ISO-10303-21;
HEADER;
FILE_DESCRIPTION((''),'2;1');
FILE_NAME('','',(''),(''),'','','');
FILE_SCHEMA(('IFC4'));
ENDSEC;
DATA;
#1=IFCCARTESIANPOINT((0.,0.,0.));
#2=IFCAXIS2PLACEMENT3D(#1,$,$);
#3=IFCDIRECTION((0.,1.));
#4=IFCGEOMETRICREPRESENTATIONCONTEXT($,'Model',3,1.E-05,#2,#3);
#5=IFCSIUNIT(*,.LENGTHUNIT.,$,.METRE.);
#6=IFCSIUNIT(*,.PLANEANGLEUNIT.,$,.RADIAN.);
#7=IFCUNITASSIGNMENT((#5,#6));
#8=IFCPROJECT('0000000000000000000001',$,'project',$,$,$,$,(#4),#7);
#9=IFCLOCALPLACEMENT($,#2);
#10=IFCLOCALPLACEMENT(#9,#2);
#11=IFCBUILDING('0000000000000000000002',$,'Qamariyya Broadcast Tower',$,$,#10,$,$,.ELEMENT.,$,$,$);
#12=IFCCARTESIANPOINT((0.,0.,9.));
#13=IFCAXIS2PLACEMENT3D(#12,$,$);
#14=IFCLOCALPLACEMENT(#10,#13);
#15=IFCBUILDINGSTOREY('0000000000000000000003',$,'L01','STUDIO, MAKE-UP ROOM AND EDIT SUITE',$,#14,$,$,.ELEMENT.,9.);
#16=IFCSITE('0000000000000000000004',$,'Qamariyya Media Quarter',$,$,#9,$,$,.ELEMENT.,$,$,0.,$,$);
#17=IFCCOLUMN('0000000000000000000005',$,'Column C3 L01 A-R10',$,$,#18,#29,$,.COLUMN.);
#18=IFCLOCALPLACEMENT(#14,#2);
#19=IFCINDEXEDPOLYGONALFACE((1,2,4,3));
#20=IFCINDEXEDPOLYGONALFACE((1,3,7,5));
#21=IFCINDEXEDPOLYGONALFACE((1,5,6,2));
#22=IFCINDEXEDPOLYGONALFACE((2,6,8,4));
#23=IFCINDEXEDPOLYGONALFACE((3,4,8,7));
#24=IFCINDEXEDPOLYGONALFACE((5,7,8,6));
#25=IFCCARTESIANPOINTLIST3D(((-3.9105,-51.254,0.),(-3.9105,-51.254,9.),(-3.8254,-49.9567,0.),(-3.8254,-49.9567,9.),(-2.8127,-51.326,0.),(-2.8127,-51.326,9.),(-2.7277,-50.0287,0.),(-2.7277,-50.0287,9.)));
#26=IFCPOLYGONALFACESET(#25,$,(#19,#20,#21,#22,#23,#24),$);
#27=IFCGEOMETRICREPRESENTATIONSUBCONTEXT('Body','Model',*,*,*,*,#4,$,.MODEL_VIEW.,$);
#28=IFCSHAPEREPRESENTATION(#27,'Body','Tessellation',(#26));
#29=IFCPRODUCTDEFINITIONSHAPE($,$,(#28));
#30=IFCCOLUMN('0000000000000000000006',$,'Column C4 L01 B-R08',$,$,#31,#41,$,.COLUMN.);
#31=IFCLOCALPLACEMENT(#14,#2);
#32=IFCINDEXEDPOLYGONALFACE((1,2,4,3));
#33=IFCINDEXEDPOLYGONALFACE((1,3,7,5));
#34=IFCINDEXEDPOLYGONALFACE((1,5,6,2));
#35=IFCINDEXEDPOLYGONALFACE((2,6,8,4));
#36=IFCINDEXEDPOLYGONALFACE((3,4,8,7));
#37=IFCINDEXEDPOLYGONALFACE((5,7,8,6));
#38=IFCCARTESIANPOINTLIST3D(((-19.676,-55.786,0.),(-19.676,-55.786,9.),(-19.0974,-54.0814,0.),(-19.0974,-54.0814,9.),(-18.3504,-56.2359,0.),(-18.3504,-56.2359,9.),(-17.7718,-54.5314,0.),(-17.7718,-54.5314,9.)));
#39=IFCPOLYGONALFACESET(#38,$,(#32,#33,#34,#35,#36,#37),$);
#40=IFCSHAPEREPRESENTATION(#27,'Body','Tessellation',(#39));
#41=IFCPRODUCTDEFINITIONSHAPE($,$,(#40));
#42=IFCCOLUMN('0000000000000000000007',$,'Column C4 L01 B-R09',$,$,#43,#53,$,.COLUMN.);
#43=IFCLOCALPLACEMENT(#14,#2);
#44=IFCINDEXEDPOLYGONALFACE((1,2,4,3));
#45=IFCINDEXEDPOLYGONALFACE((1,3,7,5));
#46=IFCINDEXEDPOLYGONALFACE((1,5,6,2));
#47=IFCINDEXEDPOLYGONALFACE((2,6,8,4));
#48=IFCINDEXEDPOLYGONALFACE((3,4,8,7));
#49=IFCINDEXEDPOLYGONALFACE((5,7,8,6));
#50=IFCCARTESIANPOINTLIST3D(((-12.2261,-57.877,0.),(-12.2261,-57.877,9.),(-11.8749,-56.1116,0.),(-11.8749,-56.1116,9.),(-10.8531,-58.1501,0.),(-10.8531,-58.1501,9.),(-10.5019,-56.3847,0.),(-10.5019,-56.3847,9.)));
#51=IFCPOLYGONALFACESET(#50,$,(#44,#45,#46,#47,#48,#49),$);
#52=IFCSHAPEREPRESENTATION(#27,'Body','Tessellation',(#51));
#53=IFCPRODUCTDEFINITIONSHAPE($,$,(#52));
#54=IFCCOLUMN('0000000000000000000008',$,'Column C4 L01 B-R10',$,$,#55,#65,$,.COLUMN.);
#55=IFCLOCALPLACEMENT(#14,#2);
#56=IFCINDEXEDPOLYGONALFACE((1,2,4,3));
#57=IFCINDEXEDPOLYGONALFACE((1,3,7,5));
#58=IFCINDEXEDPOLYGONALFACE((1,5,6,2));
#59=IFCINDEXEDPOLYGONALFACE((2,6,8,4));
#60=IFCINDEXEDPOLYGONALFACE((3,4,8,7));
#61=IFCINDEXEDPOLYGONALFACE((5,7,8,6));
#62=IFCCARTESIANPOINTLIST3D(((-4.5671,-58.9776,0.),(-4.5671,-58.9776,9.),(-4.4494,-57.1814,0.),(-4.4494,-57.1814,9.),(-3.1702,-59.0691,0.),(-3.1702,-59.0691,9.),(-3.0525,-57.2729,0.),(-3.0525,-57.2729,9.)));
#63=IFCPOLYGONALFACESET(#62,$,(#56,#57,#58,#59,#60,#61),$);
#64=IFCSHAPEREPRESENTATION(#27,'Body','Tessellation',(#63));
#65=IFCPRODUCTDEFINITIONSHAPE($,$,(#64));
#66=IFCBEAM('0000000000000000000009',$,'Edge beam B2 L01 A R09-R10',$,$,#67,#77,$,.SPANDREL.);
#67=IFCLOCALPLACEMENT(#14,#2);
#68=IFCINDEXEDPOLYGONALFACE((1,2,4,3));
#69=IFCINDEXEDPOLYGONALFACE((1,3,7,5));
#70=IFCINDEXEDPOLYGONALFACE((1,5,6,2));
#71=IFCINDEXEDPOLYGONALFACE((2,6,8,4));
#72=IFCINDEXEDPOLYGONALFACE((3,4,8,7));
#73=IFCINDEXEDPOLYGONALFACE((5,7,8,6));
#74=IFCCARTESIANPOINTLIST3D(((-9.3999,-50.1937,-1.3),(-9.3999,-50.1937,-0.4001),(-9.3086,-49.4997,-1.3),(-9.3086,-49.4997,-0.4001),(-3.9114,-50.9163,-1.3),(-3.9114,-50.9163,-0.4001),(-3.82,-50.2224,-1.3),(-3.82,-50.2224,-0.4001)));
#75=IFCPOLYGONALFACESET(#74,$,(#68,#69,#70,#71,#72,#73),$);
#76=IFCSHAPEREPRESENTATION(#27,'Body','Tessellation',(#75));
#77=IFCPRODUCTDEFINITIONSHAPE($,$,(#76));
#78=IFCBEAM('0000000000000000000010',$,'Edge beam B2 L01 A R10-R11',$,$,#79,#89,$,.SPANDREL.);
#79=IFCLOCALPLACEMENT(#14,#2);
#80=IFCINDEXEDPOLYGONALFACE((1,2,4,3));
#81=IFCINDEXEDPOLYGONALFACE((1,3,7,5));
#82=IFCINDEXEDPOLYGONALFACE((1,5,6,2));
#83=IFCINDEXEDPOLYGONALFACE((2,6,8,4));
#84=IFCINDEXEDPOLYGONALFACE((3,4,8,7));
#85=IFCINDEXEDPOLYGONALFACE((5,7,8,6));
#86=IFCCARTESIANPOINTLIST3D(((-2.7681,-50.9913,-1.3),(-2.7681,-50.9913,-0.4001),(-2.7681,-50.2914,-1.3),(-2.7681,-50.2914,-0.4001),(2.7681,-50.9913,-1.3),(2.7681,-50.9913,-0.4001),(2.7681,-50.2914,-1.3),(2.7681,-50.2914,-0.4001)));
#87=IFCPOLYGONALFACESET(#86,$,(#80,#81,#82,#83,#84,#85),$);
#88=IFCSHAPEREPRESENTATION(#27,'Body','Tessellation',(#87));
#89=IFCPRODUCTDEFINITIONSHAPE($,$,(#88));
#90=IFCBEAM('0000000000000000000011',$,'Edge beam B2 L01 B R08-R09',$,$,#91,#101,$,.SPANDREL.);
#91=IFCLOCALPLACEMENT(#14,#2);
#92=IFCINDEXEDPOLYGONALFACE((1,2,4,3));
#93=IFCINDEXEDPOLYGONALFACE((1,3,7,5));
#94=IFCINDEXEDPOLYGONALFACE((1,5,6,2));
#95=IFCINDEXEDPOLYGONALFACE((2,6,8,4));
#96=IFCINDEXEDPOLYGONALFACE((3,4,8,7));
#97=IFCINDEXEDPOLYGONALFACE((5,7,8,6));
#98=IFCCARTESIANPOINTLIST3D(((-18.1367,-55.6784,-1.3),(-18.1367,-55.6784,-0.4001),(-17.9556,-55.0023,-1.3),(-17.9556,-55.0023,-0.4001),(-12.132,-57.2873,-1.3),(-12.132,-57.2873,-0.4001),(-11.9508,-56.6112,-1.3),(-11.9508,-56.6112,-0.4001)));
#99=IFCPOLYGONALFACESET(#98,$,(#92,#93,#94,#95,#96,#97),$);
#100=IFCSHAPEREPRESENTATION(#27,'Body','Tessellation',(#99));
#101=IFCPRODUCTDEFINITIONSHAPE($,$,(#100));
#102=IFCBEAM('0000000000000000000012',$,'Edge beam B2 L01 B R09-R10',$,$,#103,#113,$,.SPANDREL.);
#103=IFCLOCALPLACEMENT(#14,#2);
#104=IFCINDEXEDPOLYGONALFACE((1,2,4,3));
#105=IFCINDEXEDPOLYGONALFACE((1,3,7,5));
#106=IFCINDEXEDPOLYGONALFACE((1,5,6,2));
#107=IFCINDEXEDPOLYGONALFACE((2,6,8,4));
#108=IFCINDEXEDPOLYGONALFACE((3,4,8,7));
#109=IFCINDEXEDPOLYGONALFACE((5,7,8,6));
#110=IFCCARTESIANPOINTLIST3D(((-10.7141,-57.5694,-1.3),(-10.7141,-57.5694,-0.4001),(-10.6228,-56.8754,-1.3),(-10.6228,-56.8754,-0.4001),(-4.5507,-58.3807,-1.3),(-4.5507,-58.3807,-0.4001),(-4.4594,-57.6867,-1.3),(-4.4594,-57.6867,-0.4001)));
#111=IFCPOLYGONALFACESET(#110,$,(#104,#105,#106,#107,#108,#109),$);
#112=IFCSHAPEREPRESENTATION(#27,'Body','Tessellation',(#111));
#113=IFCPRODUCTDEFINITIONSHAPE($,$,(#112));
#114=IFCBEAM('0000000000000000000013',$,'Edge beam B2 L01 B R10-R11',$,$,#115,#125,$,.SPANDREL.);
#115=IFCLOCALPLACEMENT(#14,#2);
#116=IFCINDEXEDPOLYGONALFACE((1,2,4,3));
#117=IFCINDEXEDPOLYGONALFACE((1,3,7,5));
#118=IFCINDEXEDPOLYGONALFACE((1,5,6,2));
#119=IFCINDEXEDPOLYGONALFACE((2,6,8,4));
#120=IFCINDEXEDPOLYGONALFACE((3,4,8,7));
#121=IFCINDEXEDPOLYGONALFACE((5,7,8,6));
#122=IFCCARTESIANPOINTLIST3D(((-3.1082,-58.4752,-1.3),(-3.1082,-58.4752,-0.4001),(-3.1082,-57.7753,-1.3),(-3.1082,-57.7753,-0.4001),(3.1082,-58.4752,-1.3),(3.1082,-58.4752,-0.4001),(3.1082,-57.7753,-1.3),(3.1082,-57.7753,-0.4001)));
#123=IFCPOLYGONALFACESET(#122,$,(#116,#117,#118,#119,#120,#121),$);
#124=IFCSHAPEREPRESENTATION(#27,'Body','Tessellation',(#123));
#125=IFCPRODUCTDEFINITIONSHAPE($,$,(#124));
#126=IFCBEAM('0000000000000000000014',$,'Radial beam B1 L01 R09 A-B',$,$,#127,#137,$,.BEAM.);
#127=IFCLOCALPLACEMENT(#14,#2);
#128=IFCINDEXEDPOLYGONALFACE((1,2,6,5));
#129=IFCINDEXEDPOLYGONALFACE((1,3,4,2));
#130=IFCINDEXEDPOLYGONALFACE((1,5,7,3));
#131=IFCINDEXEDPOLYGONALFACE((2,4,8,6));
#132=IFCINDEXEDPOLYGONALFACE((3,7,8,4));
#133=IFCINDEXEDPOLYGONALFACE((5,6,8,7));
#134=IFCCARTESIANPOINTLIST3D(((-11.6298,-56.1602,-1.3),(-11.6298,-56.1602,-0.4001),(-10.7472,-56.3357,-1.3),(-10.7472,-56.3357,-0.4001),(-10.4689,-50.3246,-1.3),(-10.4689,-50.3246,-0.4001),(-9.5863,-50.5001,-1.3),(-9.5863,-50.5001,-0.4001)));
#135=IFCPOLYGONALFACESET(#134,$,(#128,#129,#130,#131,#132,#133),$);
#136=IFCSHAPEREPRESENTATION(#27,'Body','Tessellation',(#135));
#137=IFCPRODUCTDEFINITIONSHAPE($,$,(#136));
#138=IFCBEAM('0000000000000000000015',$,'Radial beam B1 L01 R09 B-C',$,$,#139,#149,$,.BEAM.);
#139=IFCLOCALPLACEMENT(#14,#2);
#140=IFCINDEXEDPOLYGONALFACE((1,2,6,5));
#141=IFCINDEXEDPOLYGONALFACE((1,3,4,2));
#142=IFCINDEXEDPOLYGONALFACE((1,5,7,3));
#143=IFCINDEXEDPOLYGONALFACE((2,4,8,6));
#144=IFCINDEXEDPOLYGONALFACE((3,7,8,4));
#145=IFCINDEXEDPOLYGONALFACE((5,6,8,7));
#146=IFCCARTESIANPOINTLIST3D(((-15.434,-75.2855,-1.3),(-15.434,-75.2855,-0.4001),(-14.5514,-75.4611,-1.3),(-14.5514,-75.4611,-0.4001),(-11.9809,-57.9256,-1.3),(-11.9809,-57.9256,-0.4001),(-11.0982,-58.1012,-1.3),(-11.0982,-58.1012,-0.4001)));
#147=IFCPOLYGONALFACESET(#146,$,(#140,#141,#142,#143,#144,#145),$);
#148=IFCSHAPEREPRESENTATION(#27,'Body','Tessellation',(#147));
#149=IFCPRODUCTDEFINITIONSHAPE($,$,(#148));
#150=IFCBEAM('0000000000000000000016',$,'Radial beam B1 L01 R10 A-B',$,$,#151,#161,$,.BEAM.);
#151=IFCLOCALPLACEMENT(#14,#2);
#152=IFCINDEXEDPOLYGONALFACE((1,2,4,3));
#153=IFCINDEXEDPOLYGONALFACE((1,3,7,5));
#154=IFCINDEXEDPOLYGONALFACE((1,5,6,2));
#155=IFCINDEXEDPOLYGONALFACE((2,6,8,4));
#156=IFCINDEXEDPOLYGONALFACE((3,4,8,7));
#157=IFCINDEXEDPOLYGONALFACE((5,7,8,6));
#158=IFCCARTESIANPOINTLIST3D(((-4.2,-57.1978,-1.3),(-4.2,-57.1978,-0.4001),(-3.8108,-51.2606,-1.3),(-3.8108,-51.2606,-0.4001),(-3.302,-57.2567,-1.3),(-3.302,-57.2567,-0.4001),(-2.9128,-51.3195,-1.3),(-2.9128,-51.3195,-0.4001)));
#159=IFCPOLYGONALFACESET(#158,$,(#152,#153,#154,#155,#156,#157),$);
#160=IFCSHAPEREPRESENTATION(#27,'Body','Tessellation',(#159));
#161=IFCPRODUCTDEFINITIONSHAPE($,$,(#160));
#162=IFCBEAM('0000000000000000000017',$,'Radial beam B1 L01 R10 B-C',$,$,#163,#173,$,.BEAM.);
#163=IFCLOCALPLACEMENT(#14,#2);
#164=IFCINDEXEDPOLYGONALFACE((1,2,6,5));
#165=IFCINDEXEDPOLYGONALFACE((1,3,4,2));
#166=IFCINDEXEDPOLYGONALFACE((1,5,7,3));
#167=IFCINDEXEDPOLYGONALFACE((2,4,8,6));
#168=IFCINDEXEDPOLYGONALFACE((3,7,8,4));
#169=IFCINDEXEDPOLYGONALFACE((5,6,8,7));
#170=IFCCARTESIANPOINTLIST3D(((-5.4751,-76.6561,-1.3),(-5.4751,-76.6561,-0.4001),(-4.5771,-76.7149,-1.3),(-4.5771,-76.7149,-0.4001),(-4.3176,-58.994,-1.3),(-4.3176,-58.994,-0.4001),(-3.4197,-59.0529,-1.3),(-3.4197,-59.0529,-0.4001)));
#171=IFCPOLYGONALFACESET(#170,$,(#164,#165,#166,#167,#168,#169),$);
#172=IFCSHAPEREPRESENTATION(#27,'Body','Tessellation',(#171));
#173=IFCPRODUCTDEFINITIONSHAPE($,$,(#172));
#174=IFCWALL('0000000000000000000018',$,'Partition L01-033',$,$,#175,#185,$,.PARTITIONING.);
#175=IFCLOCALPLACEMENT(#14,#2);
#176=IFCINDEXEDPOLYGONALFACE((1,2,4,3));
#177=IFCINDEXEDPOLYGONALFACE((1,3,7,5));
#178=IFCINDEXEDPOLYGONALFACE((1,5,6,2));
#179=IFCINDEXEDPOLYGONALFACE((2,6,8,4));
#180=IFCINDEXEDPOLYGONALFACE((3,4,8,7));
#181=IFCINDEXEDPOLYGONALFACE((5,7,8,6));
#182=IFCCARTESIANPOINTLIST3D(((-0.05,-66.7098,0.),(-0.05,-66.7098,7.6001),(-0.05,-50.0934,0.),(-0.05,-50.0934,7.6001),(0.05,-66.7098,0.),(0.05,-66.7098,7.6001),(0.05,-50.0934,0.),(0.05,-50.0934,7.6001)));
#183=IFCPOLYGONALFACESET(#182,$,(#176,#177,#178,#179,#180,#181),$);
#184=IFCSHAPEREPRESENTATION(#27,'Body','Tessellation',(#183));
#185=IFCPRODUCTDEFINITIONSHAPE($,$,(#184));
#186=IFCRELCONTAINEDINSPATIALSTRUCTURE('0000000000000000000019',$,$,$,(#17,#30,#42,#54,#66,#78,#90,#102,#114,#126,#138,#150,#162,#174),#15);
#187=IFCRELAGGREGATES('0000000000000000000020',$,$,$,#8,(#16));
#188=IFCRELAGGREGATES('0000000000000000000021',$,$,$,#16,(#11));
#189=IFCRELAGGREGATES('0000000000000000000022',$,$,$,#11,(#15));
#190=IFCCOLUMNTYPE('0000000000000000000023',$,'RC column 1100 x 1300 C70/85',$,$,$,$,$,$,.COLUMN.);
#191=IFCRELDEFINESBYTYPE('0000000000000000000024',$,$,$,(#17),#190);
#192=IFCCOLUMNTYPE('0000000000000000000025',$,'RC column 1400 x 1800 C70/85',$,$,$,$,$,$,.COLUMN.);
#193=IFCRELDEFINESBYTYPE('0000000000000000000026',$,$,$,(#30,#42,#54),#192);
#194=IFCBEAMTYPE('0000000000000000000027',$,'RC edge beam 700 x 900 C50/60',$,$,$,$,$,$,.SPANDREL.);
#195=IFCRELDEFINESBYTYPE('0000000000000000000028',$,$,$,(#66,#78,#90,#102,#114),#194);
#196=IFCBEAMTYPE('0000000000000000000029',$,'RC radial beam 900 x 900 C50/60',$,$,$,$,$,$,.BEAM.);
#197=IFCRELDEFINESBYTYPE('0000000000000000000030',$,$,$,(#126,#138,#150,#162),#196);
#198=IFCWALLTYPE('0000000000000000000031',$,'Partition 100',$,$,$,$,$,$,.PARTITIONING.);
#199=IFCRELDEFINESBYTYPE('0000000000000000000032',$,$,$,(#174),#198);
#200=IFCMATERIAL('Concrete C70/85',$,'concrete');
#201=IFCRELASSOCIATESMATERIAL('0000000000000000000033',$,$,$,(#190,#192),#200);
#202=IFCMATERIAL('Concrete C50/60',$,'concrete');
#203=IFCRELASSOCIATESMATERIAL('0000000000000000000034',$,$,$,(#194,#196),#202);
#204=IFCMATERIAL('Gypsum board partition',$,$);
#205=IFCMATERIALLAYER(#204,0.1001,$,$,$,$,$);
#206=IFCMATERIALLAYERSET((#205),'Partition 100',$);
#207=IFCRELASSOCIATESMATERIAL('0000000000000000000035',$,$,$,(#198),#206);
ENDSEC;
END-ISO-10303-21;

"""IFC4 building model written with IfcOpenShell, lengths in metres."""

from ifc_helpers import new_model, si_unit, direction, frame, frame_2d, origin, origin_2d, place, context, subcontext, project, spatial, rectangle, extrude, material, layer, layer_set, material_profile, profile_set, type_object, element, save


model = new_model("IFC4")

# Units and contexts
model_context = context("Model", 3, precision=1e-05, world=origin(), true_north=direction((0.0, 1.0)))
body_context = subcontext(model_context, "Body", "Model", "MODEL_VIEW")
ifc_project = project(units=[si_unit("LENGTHUNIT", "METRE"), si_unit("PLANEANGLEUNIT", "RADIAN")], contexts=[model_context])

# Site, building, storey
site_placement = place(None, origin())
site = spatial("IfcSite", under=ifc_project, at=site_placement, Name="Qamariyya Media Quarter", CompositionType="ELEMENT", RefElevation=0.0)
building_placement = place(site_placement, origin())
building = spatial("IfcBuilding", under=site, at=building_placement, Name="Qamariyya Broadcast Tower", CompositionType="ELEMENT")
storey_placement = place(building_placement, frame((0.0, 0.0, 9.0)))
storey = spatial("IfcBuildingStorey", under=building, at=storey_placement, Name="L01", Description="STUDIO, MAKE-UP ROOM AND EDIT SUITE", CompositionType="ELEMENT", Elevation=9.0)

# Columns
ifc_material_1 = material(Name="Concrete C70/85", Category="concrete")
ifc_material_profile_1 = material_profile(ifc_material_1, rectangle(XDim=1.1001, YDim=1.3, at=origin_2d()))
ifc_profile_set_1 = profile_set([ifc_material_profile_1], Name="Concrete C70/85")
column_type_1 = type_object("IfcColumnType", Name="RC column 1100 x 1300 C70/85", PredefinedType="COLUMN", material=ifc_profile_set_1)
column_placement = place(storey_placement, frame((-3.3191, -50.6414, 0.0), z_axis=(0.0, 0.0, 1.0), x_axis=(0.997859, -0.065403, 0.0)))
element("IfcColumn", 1, at=column_placement, inside=storey, type_object=column_type_1, Name="Column C3 L01 A-R10", PredefinedType="COLUMN", context=body_context, shape_type="SweptSolid", body=[
    extrude(rectangle(XDim=1.1001, YDim=1.3, at=origin_2d()), origin(), (0.0, 0.0, 1.0), 9.0),
])
ifc_material_profile_2 = material_profile(ifc_material_1, rectangle(XDim=1.3999, YDim=1.8, at=origin_2d()))
ifc_profile_set_2 = profile_set([ifc_material_profile_2], Name="Concrete C70/85")
column_type_2 = type_object("IfcColumnType", Name="RC column 1400 x 1800 C70/85", PredefinedType="COLUMN", material=ifc_profile_set_2)
for number, where, z_axis, x_axis, name in (
    (2, (-18.7239, -55.1587, 0.0), (0.0, 0.0, 1.0), (0.94693, -0.321439, 0.0), "Column C4 L01 B-R08"),
    (3, (-11.364, -57.1309, 0.0), (0.0, 0.0, 1.0), (0.980785, -0.19509, 0.0), "Column C4 L01 B-R09"),
    (4, (-3.8098, -58.1252, 0.0), (0.0, 0.0, 1.0), (0.997859, -0.065403, 0.0), "Column C4 L01 B-R10"),
):
    element("IfcColumn", number, at=place(storey_placement, frame(where, z_axis=z_axis, x_axis=x_axis)), inside=storey, type_object=column_type_2, Name=name, PredefinedType="COLUMN", context=body_context, shape_type="SweptSolid", body=[
        extrude(rectangle(XDim=1.3999, YDim=1.8, at=origin_2d()), origin(), (0.0, 0.0, 1.0), 9.0),
    ])

# Beams
ifc_material_2 = material(Name="Concrete C50/60", Category="concrete")
ifc_material_profile_3 = material_profile(ifc_material_2, rectangle(XDim=0.7, YDim=0.8999, at=origin_2d()))
ifc_profile_set_3 = profile_set([ifc_material_profile_3], Name="Concrete C50/60")
beam_type_1 = type_object("IfcBeamType", Name="RC edge beam 700 x 900 C50/60", PredefinedType="SPANDREL", material=ifc_profile_set_3)
beam_1_placement = place(storey_placement, frame((-9.3542, -49.8467, -0.8501), z_axis=(0.991443, -0.13054, 0.0), x_axis=(0.13054, 0.991443, 0.0)))
element("IfcBeam", 5, at=beam_1_placement, inside=storey, type_object=beam_type_1, Name="Edge beam B2 L01 A R09-R10", PredefinedType="SPANDREL", context=body_context, shape_type="SweptSolid", body=[
    extrude(rectangle(XDim=0.7, YDim=0.8999, at=origin_2d()), origin(), (0.0, 0.0, 1.0), 5.5359),
])
beam_2_placement = place(storey_placement, frame((-2.7681, -50.6414, -0.8501), z_axis=(1.0, 0.0, 0.0), x_axis=(0.0, 1.0, 0.0)))
element("IfcBeam", 6, at=beam_2_placement, inside=storey, type_object=beam_type_1, Name="Edge beam B2 L01 A R10-R11", PredefinedType="SPANDREL", context=body_context, shape_type="SweptSolid", body=[
    extrude(rectangle(XDim=0.7, YDim=0.8999, at=origin_2d()), origin(), (0.0, 0.0, 1.0), 5.5361),
])
for number, where, z_axis, x_axis, name in (
    (7, (-18.0461, -55.3403, -0.8501), (0.965928, -0.258811, 0.0), (0.258811, 0.965928, 0.0), "Edge beam B2 L01 B R08-R09"),
    (8, (-10.6685, -57.2224, -0.8501), (0.991448, -0.130504, 0.0), (0.130504, 0.991448, 0.0), "Edge beam B2 L01 B R09-R10"),
):
    element("IfcBeam", number, at=place(storey_placement, frame(where, z_axis=z_axis, x_axis=x_axis)), inside=storey, type_object=beam_type_1, Name=name, PredefinedType="SPANDREL", context=body_context, shape_type="SweptSolid", body=[
        extrude(rectangle(XDim=0.7, YDim=0.8999, at=origin_2d()), origin(), (0.0, 0.0, 1.0), 6.2166),
    ])
beam_3_placement = place(storey_placement, frame((-3.1082, -58.1252, -0.8501), z_axis=(1.0, 0.0, 0.0), x_axis=(0.0, 1.0, 0.0)))
element("IfcBeam", 9, at=beam_3_placement, inside=storey, type_object=beam_type_1, Name="Edge beam B2 L01 B R10-R11", PredefinedType="SPANDREL", context=body_context, shape_type="SweptSolid", body=[
    extrude(rectangle(XDim=0.7, YDim=0.8999, at=origin_2d()), origin(), (0.0, 0.0, 1.0), 6.2163),
])
ifc_material_profile_4 = material_profile(ifc_material_2, rectangle(XDim=0.8999, YDim=0.8999, at=origin_2d()))
ifc_profile_set_4 = profile_set([ifc_material_profile_4], Name="Concrete C50/60")
beam_type_2 = type_object("IfcBeamType", Name="RC radial beam 900 x 900 C50/60", PredefinedType="BEAM", material=ifc_profile_set_4)
beam_4_placement = place(storey_placement, frame((-10.0276, -50.4124, -0.8501), z_axis=(-0.195106, -0.980782, 0.0), x_axis=(0.980782, -0.195106, 0.0)))
element("IfcBeam", 10, at=beam_4_placement, inside=storey, type_object=beam_type_2, Name="Radial beam B1 L01 R09 A-B", PredefinedType="BEAM", context=body_context, shape_type="SweptSolid", body=[
    extrude(rectangle(XDim=0.8999, YDim=0.8999, at=origin_2d()), origin(), (0.0, 0.0, 1.0), 5.95),
])
beam_5_placement = place(storey_placement, frame((-11.5396, -58.0134, -0.8501), z_axis=(-0.195092, -0.980785, 0.0), x_axis=(0.980785, -0.195092, 0.0)))
element("IfcBeam", 11, at=beam_5_placement, inside=storey, type_object=beam_type_2, Name="Radial beam B1 L01 R09 B-C", PredefinedType="BEAM", context=body_context, shape_type="SweptSolid", body=[
    extrude(rectangle(XDim=0.8999, YDim=0.8999, at=origin_2d()), origin(), (0.0, 0.0, 1.0), 17.7),
])
beam_6_placement = place(storey_placement, frame((-3.3618, -51.29, -0.8501), z_axis=(-0.065405, -0.997859, 0.0), x_axis=(0.997859, -0.065405, 0.0)))
element("IfcBeam", 12, at=beam_6_placement, inside=storey, type_object=beam_type_2, Name="Radial beam B1 L01 R10 A-B", PredefinedType="BEAM", context=body_context, shape_type="SweptSolid", body=[
    extrude(rectangle(XDim=0.8999, YDim=0.8999, at=origin_2d()), origin(), (0.0, 0.0, 1.0), 5.95),
])
beam_7_placement = place(storey_placement, frame((-3.8687, -59.0234, -0.8501), z_axis=(-0.065394, -0.99786, 0.0), x_axis=(0.99786, -0.065394, 0.0)))
element("IfcBeam", 13, at=beam_7_placement, inside=storey, type_object=beam_type_2, Name="Radial beam B1 L01 R10 B-C", PredefinedType="BEAM", context=body_context, shape_type="SweptSolid", body=[
    extrude(rectangle(XDim=0.8999, YDim=0.8999, at=origin_2d()), origin(), (0.0, 0.0, 1.0), 17.7),
])

# Wall
ifc_material_3 = material(Name="Gypsum board partition")
ifc_layer_1 = layer(ifc_material_3, 0.1001)
ifc_layer_set_1 = layer_set([ifc_layer_1], Name="Partition 100")
wall_type_1 = type_object("IfcWallType", Name="Partition 100", PredefinedType="PARTITIONING", material=ifc_layer_set_1)
wall_1_placement = place(storey_placement, frame((0.0, -50.0935, 0.0), z_axis=(0.0, 0.0, 1.0), x_axis=(0.0, -1.0, 0.0)))
element("IfcWall", 14, at=wall_1_placement, inside=storey, type_object=wall_type_1, Name="Partition L01-033", PredefinedType="PARTITIONING", context=body_context, shape_type="SweptSolid", body=[
    extrude(rectangle(XDim=16.6165, YDim=0.1001, at=frame_2d((8.3081, 0.0))), origin(), (0.0, 0.0, 1.0), 7.6001),
])

save(model, "model.ifc")
